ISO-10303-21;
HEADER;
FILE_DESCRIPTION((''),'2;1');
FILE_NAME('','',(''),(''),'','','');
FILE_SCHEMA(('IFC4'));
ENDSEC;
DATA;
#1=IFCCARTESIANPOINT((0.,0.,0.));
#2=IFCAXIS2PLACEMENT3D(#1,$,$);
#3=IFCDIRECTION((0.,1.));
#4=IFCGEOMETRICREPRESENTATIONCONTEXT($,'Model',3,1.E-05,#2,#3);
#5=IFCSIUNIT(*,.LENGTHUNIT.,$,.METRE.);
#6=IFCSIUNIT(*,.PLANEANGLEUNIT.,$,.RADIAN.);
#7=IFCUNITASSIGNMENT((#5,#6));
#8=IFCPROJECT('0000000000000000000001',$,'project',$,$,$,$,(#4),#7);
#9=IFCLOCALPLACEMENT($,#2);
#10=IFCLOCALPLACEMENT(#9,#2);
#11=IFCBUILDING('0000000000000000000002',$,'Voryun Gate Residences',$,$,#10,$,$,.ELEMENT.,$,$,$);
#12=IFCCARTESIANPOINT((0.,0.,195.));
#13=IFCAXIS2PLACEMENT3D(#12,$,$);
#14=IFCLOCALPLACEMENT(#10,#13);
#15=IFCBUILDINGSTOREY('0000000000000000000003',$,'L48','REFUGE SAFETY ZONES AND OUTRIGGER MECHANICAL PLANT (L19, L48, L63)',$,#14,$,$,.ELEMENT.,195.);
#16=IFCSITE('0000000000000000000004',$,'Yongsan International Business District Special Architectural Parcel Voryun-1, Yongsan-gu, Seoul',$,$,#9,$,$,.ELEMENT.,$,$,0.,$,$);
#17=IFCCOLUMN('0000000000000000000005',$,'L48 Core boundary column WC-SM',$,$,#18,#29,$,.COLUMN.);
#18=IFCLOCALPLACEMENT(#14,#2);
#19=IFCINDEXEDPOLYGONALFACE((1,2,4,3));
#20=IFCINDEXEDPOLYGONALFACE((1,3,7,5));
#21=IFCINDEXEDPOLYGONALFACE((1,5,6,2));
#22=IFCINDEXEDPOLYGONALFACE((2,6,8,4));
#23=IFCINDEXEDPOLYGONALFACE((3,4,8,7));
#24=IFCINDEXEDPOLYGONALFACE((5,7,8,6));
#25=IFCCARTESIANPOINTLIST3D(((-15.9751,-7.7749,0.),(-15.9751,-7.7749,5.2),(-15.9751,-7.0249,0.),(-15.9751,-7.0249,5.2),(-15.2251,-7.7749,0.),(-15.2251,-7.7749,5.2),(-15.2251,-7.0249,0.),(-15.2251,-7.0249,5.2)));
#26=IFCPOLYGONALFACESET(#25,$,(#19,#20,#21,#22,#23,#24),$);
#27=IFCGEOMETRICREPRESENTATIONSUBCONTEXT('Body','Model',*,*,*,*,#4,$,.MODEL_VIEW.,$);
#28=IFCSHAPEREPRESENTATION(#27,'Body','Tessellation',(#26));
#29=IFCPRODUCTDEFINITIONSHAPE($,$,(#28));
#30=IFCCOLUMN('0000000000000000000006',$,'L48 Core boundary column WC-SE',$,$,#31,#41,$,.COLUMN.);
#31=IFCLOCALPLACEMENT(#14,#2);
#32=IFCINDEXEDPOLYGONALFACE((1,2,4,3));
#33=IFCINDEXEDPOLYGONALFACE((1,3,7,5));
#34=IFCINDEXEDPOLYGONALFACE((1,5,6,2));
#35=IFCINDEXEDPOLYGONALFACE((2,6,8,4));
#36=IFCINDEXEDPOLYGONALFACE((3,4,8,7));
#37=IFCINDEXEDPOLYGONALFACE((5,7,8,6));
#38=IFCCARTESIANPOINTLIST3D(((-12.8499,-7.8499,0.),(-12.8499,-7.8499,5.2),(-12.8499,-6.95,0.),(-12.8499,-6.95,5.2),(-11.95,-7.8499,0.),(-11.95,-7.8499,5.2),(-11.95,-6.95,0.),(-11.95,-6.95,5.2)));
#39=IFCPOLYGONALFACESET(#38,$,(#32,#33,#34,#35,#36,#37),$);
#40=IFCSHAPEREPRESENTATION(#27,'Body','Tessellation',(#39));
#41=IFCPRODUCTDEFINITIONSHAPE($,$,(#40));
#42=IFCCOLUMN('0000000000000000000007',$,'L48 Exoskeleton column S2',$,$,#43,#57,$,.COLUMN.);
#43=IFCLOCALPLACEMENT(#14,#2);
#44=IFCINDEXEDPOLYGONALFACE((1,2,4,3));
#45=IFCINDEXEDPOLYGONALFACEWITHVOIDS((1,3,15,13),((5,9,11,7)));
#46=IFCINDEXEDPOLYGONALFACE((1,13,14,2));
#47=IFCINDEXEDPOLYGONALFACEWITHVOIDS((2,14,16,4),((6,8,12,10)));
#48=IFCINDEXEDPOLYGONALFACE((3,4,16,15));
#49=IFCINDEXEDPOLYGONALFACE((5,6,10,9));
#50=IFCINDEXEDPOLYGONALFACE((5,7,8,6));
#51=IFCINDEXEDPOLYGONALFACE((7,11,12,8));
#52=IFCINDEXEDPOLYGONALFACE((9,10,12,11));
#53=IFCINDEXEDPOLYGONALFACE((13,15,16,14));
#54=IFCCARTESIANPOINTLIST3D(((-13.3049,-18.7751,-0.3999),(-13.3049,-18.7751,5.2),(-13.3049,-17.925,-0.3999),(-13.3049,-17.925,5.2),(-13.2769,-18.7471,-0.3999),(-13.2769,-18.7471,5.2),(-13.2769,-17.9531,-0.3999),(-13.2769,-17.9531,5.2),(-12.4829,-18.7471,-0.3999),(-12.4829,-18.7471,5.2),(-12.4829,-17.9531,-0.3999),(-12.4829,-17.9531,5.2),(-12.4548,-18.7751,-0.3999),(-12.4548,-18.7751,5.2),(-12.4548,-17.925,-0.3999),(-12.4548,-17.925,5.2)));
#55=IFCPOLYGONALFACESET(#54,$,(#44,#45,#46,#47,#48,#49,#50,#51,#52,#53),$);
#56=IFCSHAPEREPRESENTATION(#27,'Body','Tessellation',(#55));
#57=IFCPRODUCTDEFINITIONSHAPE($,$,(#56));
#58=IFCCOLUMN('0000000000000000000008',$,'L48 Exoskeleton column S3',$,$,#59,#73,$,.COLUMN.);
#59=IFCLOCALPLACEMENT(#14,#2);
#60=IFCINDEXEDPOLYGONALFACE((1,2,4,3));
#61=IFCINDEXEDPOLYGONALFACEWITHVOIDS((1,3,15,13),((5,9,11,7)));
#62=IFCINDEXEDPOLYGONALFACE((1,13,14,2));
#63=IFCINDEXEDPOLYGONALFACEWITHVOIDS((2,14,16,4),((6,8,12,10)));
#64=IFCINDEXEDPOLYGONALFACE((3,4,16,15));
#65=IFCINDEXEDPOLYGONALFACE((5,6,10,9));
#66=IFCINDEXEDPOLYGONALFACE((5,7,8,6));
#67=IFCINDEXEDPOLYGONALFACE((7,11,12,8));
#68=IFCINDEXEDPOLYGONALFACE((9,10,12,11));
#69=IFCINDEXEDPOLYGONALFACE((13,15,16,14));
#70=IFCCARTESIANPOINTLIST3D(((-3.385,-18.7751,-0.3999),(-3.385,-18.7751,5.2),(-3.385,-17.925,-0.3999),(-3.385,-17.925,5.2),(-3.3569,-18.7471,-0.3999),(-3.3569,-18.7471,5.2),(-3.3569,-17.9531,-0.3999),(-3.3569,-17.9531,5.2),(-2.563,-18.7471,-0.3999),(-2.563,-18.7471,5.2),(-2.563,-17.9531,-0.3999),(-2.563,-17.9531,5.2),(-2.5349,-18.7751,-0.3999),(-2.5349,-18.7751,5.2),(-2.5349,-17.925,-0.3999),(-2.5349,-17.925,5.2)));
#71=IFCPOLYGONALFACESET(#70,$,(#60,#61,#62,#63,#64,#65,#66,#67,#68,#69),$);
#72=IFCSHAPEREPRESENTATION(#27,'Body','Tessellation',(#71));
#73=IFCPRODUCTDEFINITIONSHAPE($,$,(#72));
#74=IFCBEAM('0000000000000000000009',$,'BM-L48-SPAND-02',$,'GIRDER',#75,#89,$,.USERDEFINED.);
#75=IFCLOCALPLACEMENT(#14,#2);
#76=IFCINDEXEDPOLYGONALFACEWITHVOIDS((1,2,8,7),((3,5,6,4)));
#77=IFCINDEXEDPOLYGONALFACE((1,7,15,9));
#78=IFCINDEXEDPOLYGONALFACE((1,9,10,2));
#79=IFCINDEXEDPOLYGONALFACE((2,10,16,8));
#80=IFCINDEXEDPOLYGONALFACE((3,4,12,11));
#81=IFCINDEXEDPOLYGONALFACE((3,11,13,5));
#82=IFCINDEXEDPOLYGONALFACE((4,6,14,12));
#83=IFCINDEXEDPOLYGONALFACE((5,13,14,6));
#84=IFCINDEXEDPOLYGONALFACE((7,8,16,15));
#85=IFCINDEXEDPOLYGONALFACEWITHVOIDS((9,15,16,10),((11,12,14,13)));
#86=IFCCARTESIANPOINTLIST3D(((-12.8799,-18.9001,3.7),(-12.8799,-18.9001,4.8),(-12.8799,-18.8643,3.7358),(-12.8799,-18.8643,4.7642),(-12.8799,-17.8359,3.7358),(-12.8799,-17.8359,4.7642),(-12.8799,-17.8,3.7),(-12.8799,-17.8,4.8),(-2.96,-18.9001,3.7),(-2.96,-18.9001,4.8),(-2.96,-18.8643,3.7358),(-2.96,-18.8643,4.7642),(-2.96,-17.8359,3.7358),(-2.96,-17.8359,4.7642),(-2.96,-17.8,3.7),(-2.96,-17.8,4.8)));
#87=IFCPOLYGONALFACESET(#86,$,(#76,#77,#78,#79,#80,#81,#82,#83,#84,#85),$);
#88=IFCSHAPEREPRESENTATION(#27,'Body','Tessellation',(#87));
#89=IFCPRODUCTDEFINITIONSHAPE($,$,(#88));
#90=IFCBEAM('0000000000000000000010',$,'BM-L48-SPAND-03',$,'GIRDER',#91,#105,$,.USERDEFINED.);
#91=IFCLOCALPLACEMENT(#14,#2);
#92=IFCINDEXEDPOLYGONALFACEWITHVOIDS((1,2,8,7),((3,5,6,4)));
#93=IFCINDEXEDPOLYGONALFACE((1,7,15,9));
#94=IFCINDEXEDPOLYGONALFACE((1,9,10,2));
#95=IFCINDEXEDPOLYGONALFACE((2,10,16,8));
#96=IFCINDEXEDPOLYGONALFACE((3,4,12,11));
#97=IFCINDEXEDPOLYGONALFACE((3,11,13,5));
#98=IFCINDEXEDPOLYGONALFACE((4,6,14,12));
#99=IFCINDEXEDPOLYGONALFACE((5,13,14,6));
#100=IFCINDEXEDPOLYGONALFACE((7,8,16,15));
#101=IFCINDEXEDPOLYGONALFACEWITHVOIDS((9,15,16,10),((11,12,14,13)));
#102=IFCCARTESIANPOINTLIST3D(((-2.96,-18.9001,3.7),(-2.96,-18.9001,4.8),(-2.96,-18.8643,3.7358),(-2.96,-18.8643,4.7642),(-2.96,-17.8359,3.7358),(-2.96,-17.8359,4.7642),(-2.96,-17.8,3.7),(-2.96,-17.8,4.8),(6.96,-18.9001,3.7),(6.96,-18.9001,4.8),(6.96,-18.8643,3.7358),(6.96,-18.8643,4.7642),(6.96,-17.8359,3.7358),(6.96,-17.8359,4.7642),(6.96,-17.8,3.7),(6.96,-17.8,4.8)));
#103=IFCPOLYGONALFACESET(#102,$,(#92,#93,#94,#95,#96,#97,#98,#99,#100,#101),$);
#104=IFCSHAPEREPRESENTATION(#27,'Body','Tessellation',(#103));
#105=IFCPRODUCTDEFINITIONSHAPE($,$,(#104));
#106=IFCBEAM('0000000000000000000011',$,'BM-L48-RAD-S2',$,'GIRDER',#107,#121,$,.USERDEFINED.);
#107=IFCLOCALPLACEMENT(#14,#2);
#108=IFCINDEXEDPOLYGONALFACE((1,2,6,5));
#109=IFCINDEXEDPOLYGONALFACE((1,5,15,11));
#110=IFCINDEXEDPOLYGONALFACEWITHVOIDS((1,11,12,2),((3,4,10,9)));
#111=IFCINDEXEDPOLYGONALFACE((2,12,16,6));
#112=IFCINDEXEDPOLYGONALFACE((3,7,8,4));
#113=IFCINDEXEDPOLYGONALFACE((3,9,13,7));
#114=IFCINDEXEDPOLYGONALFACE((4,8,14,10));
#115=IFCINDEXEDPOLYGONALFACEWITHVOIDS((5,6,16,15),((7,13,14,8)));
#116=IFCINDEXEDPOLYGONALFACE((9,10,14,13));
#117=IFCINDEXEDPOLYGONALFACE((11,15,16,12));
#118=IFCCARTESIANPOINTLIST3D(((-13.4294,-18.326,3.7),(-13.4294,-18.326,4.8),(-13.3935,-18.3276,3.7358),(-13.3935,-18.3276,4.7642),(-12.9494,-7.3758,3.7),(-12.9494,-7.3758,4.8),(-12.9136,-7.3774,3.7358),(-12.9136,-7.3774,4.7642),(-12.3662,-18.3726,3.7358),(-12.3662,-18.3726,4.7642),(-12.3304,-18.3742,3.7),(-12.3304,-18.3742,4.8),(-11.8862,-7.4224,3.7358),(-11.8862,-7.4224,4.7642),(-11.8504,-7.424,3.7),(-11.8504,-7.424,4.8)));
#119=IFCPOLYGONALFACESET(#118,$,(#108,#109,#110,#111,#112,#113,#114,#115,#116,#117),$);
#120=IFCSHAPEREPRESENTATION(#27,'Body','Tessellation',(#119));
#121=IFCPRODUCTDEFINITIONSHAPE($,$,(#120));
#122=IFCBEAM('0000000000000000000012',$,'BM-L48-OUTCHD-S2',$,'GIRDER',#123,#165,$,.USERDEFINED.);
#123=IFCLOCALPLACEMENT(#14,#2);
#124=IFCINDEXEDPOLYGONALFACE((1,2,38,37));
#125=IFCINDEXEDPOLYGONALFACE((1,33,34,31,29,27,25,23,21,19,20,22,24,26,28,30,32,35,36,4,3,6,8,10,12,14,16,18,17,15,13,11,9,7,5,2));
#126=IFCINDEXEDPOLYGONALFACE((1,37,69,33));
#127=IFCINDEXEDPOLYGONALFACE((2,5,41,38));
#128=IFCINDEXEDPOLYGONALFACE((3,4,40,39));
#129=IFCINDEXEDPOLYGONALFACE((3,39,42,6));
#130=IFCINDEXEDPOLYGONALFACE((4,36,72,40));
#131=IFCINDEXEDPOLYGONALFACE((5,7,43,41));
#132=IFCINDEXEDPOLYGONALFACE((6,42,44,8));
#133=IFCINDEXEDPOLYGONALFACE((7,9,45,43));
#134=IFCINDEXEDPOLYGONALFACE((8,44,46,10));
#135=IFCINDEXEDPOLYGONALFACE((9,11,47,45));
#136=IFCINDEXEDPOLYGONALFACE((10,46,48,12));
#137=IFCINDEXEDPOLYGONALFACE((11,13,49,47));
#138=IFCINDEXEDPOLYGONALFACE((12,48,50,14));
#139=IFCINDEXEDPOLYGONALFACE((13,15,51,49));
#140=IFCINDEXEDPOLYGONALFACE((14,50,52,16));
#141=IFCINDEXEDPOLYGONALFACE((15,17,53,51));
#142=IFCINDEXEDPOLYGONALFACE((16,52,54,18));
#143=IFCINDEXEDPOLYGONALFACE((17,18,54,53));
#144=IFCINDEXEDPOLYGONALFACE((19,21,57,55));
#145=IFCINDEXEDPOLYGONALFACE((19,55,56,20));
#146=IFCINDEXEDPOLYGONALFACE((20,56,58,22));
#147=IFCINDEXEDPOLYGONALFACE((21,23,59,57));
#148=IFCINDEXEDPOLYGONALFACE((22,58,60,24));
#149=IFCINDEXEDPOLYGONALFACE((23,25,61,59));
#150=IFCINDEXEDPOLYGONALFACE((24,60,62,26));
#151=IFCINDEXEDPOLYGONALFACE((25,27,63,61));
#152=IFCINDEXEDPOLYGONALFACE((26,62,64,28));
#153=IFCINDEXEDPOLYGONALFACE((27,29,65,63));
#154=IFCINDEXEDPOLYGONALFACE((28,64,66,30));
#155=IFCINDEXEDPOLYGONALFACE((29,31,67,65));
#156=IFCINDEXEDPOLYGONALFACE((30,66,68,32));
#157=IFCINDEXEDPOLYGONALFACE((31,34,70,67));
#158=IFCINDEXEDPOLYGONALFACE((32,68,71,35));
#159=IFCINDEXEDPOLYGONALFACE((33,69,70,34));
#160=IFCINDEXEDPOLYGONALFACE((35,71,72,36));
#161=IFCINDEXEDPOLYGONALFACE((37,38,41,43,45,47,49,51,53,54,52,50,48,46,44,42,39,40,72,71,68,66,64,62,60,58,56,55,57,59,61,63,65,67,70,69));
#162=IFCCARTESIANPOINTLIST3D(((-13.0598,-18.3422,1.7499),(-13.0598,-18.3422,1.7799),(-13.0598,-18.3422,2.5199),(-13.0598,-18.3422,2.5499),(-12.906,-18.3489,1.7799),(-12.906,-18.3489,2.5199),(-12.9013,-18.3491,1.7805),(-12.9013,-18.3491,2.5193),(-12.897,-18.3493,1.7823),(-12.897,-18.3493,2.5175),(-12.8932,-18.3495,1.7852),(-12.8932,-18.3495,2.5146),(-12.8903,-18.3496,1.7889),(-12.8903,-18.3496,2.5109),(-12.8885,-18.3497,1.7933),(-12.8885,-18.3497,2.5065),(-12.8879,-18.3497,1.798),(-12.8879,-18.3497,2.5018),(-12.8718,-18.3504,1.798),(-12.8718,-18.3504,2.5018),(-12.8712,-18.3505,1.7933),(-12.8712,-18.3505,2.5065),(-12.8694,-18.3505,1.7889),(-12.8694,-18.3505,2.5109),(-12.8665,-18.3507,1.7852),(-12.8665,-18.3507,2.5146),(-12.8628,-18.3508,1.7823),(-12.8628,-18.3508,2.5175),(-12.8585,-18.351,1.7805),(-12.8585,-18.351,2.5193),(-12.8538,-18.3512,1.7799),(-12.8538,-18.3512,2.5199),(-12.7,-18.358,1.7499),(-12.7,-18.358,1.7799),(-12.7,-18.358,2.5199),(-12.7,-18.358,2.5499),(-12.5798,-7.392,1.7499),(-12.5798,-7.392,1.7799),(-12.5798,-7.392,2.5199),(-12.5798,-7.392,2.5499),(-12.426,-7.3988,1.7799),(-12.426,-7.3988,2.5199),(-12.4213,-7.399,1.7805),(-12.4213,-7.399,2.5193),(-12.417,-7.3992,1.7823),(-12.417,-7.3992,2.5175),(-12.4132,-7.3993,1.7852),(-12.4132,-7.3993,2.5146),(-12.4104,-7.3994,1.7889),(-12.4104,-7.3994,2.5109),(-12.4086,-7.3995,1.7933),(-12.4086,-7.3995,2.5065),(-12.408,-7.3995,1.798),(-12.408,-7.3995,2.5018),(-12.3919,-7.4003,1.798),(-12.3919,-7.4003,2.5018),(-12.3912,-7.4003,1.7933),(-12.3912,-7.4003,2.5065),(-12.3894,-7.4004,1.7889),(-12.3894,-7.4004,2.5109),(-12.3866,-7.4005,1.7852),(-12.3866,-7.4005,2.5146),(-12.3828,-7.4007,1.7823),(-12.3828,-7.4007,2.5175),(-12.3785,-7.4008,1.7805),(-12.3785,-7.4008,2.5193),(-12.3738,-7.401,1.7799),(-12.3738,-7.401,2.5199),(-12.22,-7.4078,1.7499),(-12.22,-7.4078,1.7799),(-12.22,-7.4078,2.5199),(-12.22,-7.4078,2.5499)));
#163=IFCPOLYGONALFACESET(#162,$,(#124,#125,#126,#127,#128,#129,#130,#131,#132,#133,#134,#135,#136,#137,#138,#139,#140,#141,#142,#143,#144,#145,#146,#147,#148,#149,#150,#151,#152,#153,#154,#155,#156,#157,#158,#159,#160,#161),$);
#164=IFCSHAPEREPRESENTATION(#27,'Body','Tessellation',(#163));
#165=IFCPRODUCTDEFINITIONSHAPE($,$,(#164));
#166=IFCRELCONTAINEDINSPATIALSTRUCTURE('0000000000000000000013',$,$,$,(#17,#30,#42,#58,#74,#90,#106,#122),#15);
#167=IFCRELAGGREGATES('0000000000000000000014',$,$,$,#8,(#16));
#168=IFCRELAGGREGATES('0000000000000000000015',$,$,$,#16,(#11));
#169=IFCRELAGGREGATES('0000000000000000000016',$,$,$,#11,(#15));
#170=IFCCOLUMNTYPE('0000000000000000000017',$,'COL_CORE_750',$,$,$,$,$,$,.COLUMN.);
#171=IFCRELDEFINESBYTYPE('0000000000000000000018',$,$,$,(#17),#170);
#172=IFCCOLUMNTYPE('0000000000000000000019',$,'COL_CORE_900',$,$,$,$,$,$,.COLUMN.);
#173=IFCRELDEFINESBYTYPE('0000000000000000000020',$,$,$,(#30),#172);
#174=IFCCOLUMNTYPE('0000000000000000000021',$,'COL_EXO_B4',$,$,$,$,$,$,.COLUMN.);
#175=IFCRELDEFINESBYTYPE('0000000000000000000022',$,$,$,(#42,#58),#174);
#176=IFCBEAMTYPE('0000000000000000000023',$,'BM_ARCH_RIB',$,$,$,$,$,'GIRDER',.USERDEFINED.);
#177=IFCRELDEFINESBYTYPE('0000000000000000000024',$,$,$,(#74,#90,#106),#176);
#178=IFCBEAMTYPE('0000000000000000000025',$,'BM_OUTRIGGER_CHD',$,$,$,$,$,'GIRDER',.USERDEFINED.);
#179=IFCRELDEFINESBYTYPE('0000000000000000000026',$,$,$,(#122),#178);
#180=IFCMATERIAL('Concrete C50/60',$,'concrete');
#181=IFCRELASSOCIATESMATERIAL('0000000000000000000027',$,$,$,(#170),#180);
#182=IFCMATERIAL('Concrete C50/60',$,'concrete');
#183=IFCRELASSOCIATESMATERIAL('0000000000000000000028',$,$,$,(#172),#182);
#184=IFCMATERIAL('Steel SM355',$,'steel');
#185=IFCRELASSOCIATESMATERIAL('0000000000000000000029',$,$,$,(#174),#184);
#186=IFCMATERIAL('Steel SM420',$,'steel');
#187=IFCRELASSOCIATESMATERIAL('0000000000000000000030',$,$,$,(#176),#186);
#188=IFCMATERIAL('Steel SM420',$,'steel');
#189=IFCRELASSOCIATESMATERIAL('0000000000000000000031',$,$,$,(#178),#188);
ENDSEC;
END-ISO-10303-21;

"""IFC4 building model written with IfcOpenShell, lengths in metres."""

from ifc_helpers import new_model, si_unit, direction, frame, origin, origin_2d, place, context, subcontext, project, spatial, rectangle, hollow_rectangle, i_section, extrude, material, material_profile, profile_set, type_object, element, save


model = new_model("IFC4")

# Units and contexts
model_context = context("Model", 3, precision=1e-05, world=origin(), true_north=direction((0.0, 1.0)))
body_context = subcontext(model_context, "Body", "Model", "MODEL_VIEW")
ifc_project = project(units=[si_unit("LENGTHUNIT", "METRE"), si_unit("PLANEANGLEUNIT", "RADIAN")], contexts=[model_context])

# Site, building, storey
site_placement = place(None, origin())
site = spatial("IfcSite", under=ifc_project, at=site_placement, Name="Yongsan International Business District Special Architectural Parcel Voryun-1, Yongsan-gu, Seoul", CompositionType="ELEMENT", RefElevation=0.0)
building_placement = place(site_placement, origin())
building = spatial("IfcBuilding", under=site, at=building_placement, Name="Voryun Gate Residences", CompositionType="ELEMENT")
storey_placement = place(building_placement, frame((0.0, 0.0, 195.0)))
storey = spatial("IfcBuildingStorey", under=building, at=storey_placement, Name="L48", Description="REFUGE SAFETY ZONES AND OUTRIGGER MECHANICAL PLANT (L19, L48, L63)", CompositionType="ELEMENT", Elevation=195.0)

# Columns
ifc_material_1 = material(Name="Concrete C50/60", Category="concrete")
ifc_material_profile_1 = material_profile(ifc_material_1, rectangle(XDim=0.75, YDim=0.75, at=origin_2d()), Name="RC-750x750")
ifc_profile_set_1 = profile_set([ifc_material_profile_1], Name="Concrete C50/60")
column_type_1 = type_object("IfcColumnType", Name="COL_CORE_750", PredefinedType="COLUMN", material=ifc_profile_set_1)
column_1_placement = place(storey_placement, frame((-15.6001, -7.3999, 0.0), z_axis=(0.0, 0.0, 1.0), x_axis=(1.0, 0.0, 0.0)))
element("IfcColumn", 1, at=column_1_placement, inside=storey, type_object=column_type_1, Name="L48 Core boundary column WC-SM", PredefinedType="COLUMN", context=body_context, shape_type="SweptSolid", body=[
    extrude(rectangle(XDim=0.75, YDim=0.75, at=origin_2d()), origin(), (0.0, 0.0, 1.0), 5.2),
])
ifc_material_2 = material(Name="Concrete C50/60", Category="concrete")
ifc_material_profile_2 = material_profile(ifc_material_2, rectangle(XDim=0.8999, YDim=0.8999, at=origin_2d()), Name="RC-900x900")
ifc_profile_set_2 = profile_set([ifc_material_profile_2], Name="Concrete C50/60")
column_type_2 = type_object("IfcColumnType", Name="COL_CORE_900", PredefinedType="COLUMN", material=ifc_profile_set_2)
column_2_placement = place(storey_placement, frame((-12.3999, -7.3999, 0.0), z_axis=(0.0, 0.0, 1.0), x_axis=(1.0, 0.0, 0.0)))
element("IfcColumn", 2, at=column_2_placement, inside=storey, type_object=column_type_2, Name="L48 Core boundary column WC-SE", PredefinedType="COLUMN", context=body_context, shape_type="SweptSolid", body=[
    extrude(rectangle(XDim=0.8999, YDim=0.8999, at=origin_2d()), origin(), (0.0, 0.0, 1.0), 5.2),
])
ifc_material_3 = material(Name="Steel SM355", Category="steel")
ifc_material_profile_3 = material_profile(ifc_material_3, hollow_rectangle(XDim=0.8501, YDim=0.8501, WallThickness=0.0281, at=origin_2d()), Name="BOX-850x850x28")
ifc_profile_set_3 = profile_set([ifc_material_profile_3], Name="Steel SM355")
column_type_3 = type_object("IfcColumnType", Name="COL_EXO_B4", PredefinedType="COLUMN", material=ifc_profile_set_3)
for number, where, z_axis, x_axis, name in (
    (3, (-12.8799, -18.3501, -0.3999), (0.0, 0.0, 1.0), (1.0, 0.0, 0.0), "L48 Exoskeleton column S2"),
    (4, (-2.96, -18.3501, -0.3999), (0.0, 0.0, 1.0), (1.0, 0.0, 0.0), "L48 Exoskeleton column S3"),
):
    element("IfcColumn", number, at=place(storey_placement, frame(where, z_axis=z_axis, x_axis=x_axis)), inside=storey, type_object=column_type_3, Name=name, PredefinedType="COLUMN", context=body_context, shape_type="SweptSolid", body=[
        extrude(hollow_rectangle(XDim=0.8501, YDim=0.8501, WallThickness=0.0281, at=origin_2d()), origin(), (0.0, 0.0, 1.0), 5.5999),
    ])

# Beams
ifc_material_4 = material(Name="Steel SM420", Category="steel")
ifc_material_profile_4 = material_profile(ifc_material_4, hollow_rectangle(XDim=1.1001, YDim=1.1001, WallThickness=0.0359, at=origin_2d()), Name="BOX-1100x1100x36")
ifc_profile_set_4 = profile_set([ifc_material_profile_4], Name="Steel SM420")
beam_type_1 = type_object("IfcBeamType", Name="BM_ARCH_RIB", ElementType="GIRDER", PredefinedType="USERDEFINED", material=ifc_profile_set_4)
for number, where, z_axis, x_axis, name in (
    (5, (-12.8799, -18.3501, 4.25), (1.0, 0.0, 0.0), (0.0, 1.0, 0.0), "BM-L48-SPAND-02"),
    (6, (-2.96, -18.3501, 4.25), (1.0, 0.0, 0.0), (0.0, 1.0, 0.0), "BM-L48-SPAND-03"),
):
    element("IfcBeam", number, at=place(storey_placement, frame(where, z_axis=z_axis, x_axis=x_axis)), inside=storey, type_object=beam_type_1, Name=name, ObjectType="GIRDER", PredefinedType="USERDEFINED", context=body_context, shape_type="SweptSolid", body=[
        extrude(hollow_rectangle(XDim=1.1001, YDim=1.1001, WallThickness=0.0359, at=origin_2d()), origin(), (0.0, 0.0, 1.0), 9.9199),
    ])
beam_1_placement = place(storey_placement, frame((-12.3999, -7.3999, 4.25), z_axis=(-0.043791, -0.999041, 0.0), x_axis=(0.999041, -0.043791, 0.0)))
element("IfcBeam", 7, at=beam_1_placement, inside=storey, type_object=beam_type_1, Name="BM-L48-RAD-S2", ObjectType="GIRDER", PredefinedType="USERDEFINED", context=body_context, shape_type="SweptSolid", body=[
    extrude(hollow_rectangle(XDim=1.1001, YDim=1.1001, WallThickness=0.0359, at=origin_2d()), origin(), (0.0, 0.0, 1.0), 10.9607),
])
ifc_material_5 = material(Name="Steel SM420", Category="steel")
ifc_material_profile_5 = material_profile(ifc_material_5, i_section(OverallWidth=0.3601, OverallDepth=0.8, WebThickness=0.0161, FlangeThickness=0.03, FilletRadius=0.0181, at=origin_2d()), Name="H-800x360x16x30")
ifc_profile_set_5 = profile_set([ifc_material_profile_5], Name="Steel SM420")
beam_type_2 = type_object("IfcBeamType", Name="BM_OUTRIGGER_CHD", ElementType="GIRDER", PredefinedType="USERDEFINED", material=ifc_profile_set_5)
beam_2_placement = place(storey_placement, frame((-12.3999, -7.3999, 2.1499), z_axis=(-0.043791, -0.999041, 0.0), x_axis=(0.999041, -0.043791, 0.0)))
element("IfcBeam", 8, at=beam_2_placement, inside=storey, type_object=beam_type_2, Name="BM-L48-OUTCHD-S2", ObjectType="GIRDER", PredefinedType="USERDEFINED", context=body_context, shape_type="SweptSolid", body=[
    extrude(i_section(OverallWidth=0.3601, OverallDepth=0.8, WebThickness=0.0161, FlangeThickness=0.03, FilletRadius=0.0181, at=origin_2d()), origin(), (0.0, 0.0, 1.0), 10.9607),
])

save(model, "model.ifc")
